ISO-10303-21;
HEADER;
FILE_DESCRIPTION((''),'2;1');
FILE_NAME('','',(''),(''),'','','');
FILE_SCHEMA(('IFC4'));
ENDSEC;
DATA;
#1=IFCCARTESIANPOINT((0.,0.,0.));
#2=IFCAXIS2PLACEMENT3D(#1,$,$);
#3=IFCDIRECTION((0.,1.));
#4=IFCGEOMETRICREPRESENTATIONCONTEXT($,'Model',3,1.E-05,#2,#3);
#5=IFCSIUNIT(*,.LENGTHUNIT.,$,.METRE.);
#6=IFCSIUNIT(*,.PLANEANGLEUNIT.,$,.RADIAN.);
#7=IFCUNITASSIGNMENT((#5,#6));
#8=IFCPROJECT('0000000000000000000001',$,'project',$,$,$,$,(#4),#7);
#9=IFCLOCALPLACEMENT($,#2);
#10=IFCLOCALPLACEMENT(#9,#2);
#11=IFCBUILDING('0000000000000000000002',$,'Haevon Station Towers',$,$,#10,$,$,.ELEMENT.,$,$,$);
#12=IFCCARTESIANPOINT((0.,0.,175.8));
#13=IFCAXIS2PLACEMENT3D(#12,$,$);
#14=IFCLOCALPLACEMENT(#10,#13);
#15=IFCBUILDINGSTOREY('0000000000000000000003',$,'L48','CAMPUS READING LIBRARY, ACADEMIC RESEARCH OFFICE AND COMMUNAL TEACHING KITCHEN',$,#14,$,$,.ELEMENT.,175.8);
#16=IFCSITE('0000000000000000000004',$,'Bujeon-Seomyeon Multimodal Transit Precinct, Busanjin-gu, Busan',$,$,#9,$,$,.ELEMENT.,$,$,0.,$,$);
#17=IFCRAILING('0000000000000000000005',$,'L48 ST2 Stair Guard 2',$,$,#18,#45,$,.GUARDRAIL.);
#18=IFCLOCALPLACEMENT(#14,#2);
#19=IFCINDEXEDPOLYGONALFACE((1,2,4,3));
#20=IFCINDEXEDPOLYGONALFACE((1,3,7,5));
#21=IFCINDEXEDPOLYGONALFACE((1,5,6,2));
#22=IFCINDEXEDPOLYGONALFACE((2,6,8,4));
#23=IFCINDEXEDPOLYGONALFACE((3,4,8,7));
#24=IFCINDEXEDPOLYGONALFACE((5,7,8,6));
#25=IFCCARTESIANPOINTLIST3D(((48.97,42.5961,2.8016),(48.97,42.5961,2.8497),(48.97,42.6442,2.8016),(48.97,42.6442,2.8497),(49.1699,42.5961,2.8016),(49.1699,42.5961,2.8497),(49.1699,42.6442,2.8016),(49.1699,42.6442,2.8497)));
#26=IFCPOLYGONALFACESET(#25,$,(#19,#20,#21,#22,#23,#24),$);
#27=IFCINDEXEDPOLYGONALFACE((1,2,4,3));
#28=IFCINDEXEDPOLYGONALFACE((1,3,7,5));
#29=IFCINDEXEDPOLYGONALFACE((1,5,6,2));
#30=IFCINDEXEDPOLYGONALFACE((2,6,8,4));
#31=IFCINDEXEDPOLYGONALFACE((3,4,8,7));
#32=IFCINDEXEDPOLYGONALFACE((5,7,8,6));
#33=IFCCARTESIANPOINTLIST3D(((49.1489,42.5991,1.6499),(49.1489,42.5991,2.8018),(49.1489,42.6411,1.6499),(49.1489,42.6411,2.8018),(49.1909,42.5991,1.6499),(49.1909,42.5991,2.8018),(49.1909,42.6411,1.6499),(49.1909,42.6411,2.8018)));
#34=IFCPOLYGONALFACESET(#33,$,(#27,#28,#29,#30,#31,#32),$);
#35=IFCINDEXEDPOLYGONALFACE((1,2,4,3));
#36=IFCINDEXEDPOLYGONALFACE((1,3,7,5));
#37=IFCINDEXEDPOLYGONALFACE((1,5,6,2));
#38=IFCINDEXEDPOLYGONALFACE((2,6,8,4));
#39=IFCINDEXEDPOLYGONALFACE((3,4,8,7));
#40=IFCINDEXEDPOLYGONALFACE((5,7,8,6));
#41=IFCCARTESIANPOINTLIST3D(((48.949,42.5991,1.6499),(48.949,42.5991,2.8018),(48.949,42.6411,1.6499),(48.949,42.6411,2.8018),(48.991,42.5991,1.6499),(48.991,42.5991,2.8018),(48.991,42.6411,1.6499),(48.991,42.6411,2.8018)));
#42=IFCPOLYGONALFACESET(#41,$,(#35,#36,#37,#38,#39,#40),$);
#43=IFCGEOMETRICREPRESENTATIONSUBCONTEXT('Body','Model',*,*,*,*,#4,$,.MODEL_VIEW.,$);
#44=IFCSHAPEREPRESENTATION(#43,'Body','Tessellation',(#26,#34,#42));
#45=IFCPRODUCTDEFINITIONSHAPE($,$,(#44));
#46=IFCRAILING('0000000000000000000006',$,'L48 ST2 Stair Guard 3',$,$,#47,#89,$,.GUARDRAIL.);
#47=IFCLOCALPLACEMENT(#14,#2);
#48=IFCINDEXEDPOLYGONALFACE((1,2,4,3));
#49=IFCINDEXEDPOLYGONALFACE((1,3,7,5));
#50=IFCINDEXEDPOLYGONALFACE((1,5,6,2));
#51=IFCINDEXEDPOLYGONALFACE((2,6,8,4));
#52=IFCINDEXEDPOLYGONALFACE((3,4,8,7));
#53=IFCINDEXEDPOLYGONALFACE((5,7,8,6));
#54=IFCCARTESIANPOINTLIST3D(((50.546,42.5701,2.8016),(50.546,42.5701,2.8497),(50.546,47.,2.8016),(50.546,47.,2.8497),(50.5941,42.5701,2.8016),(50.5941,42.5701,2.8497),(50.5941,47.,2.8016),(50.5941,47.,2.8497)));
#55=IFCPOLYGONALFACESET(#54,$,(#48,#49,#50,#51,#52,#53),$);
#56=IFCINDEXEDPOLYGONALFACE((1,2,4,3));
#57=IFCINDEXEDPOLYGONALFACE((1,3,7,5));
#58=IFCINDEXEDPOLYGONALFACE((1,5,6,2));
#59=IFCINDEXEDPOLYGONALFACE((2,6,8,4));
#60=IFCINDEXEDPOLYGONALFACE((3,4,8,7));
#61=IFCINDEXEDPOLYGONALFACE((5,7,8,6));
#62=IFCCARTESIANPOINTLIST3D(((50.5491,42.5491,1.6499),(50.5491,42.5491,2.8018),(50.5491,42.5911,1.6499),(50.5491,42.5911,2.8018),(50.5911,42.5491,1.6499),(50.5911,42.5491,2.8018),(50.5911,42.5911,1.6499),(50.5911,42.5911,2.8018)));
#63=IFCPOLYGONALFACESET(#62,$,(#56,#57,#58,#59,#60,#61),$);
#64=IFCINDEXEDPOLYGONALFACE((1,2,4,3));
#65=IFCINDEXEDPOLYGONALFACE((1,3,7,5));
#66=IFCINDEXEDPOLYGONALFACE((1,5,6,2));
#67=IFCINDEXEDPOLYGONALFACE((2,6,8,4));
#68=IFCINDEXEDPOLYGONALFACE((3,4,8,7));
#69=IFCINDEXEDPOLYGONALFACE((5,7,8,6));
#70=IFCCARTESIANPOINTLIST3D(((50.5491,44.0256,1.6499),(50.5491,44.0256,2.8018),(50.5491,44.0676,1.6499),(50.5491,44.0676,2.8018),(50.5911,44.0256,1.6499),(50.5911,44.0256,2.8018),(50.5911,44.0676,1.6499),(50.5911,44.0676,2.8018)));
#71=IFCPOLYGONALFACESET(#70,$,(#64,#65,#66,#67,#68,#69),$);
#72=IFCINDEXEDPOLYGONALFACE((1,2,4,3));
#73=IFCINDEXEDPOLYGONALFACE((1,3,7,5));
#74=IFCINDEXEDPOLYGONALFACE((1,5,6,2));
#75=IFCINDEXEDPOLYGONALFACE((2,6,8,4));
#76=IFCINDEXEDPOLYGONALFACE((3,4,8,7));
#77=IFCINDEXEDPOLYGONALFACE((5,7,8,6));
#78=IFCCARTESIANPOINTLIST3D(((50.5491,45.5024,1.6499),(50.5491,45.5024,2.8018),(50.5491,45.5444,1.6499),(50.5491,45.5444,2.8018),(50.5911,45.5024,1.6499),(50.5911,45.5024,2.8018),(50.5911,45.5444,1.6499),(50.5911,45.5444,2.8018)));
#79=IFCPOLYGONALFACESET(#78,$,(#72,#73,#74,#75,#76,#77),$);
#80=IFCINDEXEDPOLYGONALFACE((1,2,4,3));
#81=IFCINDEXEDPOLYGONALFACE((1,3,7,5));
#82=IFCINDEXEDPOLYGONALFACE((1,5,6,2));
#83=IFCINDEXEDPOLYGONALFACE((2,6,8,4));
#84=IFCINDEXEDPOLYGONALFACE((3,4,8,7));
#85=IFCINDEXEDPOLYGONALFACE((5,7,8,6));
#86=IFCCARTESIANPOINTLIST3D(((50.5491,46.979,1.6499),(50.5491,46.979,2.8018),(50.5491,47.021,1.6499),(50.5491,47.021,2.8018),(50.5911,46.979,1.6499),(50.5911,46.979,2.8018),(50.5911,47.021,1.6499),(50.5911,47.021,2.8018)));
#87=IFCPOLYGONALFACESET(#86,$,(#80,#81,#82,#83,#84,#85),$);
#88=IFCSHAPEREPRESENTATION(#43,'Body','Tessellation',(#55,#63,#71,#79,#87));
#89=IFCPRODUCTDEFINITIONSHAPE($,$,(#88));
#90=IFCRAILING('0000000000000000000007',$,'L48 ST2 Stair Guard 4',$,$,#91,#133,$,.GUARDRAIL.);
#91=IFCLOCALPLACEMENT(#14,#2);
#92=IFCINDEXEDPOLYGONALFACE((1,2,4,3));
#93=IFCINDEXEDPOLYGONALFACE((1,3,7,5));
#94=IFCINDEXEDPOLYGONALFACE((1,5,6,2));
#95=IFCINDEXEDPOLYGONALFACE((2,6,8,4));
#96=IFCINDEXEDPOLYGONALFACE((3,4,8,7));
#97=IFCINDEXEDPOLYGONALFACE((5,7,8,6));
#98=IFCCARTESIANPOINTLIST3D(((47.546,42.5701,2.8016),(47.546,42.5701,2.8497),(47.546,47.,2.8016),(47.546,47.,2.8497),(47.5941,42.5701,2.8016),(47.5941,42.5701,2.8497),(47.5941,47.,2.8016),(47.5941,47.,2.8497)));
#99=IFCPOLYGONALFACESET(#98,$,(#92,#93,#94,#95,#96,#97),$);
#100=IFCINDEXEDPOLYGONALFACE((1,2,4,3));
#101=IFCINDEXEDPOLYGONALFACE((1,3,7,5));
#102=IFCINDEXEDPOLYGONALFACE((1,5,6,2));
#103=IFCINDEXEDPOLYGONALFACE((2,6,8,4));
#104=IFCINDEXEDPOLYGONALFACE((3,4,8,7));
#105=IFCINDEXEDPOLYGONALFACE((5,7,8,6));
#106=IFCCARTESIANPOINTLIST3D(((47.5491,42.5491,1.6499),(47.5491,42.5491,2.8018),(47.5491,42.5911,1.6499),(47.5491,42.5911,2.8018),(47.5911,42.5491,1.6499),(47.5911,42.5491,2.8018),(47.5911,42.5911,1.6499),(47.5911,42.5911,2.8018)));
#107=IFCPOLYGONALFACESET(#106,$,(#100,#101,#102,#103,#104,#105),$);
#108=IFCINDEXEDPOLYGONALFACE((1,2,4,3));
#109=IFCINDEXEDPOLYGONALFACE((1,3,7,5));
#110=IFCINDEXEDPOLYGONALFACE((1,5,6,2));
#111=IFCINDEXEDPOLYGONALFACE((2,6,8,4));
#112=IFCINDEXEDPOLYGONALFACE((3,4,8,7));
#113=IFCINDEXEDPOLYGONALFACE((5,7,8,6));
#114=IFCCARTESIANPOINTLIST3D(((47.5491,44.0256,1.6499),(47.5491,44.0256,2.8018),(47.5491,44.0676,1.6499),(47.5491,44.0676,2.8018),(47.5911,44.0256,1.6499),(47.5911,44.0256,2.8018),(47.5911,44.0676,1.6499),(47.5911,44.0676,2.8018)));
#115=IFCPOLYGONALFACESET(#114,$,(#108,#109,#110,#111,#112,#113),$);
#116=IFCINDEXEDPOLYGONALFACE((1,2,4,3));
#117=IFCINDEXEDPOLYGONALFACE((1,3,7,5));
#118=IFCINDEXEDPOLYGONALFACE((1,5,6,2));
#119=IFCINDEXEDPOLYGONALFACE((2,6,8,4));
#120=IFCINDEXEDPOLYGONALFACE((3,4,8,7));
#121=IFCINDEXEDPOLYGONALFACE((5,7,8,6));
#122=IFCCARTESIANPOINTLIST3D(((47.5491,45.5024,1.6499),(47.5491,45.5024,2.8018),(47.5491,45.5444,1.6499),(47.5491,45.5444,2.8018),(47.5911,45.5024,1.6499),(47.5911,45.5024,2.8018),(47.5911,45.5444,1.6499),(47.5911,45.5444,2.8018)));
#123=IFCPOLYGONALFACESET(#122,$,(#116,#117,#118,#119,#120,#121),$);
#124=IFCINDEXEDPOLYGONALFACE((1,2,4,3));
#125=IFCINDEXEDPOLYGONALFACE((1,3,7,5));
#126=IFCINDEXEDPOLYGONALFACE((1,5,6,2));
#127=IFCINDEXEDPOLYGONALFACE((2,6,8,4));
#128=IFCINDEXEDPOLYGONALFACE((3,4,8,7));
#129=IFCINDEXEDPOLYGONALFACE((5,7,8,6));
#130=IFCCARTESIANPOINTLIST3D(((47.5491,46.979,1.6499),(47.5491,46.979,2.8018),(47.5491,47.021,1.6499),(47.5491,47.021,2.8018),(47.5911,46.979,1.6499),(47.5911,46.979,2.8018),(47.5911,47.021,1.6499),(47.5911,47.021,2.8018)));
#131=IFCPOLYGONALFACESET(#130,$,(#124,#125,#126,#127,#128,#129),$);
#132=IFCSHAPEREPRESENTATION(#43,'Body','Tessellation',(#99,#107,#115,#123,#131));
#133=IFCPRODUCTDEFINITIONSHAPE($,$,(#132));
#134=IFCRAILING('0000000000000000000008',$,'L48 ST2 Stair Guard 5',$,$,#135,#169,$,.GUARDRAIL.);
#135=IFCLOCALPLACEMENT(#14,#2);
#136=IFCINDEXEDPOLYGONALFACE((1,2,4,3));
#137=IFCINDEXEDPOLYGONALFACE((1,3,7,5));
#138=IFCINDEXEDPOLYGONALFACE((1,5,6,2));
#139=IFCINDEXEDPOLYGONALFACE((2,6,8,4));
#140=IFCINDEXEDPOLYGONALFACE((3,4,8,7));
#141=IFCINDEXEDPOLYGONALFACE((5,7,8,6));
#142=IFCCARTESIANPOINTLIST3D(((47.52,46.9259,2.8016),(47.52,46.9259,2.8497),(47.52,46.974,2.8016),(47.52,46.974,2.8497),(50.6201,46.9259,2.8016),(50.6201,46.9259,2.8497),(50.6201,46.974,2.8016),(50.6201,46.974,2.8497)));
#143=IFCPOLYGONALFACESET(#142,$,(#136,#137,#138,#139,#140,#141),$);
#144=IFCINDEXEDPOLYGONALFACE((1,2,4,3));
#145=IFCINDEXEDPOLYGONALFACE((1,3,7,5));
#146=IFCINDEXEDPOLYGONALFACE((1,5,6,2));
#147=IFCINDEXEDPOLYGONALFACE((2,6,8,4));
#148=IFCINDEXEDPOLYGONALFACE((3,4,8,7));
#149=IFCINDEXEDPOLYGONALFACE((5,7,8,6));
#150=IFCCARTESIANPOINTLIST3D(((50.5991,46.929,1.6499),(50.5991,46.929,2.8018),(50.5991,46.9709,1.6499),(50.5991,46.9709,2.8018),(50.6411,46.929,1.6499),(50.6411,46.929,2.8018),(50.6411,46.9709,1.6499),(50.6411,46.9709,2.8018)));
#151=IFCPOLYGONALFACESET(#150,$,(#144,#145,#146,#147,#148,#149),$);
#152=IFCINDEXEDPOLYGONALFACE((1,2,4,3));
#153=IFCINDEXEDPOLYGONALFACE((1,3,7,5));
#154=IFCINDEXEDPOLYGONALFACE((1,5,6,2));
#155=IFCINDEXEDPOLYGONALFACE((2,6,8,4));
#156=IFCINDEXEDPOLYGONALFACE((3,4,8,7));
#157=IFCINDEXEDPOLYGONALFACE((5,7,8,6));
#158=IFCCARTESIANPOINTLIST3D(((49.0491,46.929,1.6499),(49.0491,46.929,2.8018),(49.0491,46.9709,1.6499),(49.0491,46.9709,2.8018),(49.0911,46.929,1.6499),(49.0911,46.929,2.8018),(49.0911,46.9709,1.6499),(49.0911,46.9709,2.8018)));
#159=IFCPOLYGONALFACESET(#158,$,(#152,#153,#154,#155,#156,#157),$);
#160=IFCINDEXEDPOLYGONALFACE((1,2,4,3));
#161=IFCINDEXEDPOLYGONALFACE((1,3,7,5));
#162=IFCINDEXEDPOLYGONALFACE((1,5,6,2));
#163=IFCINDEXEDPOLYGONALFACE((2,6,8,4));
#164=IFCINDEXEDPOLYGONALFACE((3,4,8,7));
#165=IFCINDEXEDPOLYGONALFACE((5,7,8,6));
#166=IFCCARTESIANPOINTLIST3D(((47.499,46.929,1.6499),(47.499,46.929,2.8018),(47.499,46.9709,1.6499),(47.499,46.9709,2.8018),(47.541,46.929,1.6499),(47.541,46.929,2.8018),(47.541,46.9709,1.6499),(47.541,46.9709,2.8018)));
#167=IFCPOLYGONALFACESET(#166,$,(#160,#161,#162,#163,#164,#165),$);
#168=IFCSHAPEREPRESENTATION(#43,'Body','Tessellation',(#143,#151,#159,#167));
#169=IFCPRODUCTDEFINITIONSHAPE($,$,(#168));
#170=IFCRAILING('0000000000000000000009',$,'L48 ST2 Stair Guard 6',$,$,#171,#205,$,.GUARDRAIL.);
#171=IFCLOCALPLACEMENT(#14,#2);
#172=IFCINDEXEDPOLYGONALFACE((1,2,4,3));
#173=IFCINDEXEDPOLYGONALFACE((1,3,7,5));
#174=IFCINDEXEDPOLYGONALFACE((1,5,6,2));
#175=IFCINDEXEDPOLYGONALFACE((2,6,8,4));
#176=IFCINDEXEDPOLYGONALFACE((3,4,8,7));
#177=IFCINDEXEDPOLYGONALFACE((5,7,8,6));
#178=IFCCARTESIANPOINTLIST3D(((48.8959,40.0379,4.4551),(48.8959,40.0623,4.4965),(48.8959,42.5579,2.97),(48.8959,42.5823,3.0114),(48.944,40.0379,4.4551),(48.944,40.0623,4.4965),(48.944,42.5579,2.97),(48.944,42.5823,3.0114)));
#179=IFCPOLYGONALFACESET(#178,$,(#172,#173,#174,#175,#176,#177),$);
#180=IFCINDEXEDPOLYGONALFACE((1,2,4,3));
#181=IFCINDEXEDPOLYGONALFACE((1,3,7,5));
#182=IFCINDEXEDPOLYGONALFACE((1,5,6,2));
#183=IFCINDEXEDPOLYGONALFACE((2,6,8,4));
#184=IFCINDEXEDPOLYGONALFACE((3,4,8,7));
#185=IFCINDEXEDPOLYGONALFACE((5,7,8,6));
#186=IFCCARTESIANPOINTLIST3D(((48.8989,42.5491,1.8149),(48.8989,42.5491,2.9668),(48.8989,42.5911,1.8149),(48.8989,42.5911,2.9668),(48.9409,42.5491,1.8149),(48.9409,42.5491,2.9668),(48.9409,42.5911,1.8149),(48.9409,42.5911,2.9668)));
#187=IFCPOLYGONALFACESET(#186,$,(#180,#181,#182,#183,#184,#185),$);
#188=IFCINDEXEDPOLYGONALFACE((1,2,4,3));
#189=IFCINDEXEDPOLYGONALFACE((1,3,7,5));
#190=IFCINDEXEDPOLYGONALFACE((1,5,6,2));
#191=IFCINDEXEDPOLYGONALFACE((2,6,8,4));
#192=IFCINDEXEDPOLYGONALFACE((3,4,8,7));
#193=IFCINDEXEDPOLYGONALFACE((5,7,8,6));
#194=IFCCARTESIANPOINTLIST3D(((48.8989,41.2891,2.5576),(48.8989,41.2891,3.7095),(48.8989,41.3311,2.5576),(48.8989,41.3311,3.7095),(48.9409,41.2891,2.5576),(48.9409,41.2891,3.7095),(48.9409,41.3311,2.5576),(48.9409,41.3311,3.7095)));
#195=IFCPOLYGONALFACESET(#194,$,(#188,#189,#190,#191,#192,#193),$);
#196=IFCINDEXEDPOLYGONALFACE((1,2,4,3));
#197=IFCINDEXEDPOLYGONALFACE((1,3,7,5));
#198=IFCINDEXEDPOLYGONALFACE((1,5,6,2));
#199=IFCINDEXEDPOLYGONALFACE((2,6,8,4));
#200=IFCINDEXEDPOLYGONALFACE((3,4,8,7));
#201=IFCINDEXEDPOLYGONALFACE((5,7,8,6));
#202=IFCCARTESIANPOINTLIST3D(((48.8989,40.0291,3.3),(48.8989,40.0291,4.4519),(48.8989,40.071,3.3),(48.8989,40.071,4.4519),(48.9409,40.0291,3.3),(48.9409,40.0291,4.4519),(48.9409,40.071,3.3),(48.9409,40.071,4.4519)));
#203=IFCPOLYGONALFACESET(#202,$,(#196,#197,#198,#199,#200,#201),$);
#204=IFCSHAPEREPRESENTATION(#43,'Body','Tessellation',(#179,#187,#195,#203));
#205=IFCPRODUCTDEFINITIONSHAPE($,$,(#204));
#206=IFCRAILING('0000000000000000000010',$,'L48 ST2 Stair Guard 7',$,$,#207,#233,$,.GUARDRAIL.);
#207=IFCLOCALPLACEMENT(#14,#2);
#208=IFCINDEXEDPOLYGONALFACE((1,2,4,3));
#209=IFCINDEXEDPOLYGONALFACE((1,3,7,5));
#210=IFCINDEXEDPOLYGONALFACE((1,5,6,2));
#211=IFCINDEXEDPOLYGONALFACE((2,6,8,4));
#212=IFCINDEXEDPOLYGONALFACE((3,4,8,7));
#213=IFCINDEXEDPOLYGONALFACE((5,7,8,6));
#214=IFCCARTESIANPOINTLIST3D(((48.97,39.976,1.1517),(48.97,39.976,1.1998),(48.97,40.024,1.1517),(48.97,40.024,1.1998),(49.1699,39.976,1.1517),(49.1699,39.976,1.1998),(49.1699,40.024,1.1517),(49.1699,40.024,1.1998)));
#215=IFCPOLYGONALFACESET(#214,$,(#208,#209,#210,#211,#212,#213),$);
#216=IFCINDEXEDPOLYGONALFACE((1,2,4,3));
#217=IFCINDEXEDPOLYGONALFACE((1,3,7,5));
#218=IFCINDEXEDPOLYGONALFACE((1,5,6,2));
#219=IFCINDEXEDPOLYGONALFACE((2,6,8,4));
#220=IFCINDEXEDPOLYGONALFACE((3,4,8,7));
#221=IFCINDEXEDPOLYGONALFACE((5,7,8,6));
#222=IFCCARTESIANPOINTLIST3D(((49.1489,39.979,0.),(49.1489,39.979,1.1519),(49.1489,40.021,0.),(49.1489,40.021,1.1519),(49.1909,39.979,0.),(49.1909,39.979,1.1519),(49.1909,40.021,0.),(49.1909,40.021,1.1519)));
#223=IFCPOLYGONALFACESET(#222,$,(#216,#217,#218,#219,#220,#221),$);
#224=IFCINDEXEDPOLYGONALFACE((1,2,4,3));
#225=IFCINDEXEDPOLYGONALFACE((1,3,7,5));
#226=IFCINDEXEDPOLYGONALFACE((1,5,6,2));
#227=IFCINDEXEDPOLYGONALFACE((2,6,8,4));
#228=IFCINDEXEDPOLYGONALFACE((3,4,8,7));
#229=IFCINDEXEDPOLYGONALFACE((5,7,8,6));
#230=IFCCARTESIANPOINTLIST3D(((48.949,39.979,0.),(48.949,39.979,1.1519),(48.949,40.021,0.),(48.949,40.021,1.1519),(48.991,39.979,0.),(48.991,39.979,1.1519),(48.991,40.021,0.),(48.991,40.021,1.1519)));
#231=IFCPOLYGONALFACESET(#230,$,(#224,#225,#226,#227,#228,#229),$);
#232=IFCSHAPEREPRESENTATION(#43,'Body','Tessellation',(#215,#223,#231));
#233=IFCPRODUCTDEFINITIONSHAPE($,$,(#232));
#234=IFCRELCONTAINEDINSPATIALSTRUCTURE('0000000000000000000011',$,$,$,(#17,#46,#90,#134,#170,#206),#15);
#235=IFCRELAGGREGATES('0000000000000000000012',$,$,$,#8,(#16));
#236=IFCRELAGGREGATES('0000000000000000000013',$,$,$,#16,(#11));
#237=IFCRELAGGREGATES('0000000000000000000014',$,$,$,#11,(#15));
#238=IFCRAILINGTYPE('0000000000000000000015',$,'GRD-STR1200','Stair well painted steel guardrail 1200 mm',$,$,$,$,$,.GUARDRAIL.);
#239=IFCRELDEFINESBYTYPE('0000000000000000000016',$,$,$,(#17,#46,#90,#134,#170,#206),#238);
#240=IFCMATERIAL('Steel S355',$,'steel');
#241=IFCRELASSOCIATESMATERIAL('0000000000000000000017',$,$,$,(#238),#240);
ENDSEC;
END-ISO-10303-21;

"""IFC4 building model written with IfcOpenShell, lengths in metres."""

from ifc_helpers import new_model, si_unit, direction, frame, origin, origin_2d, place, context, subcontext, project, spatial, rectangle, extrude, material, type_object, element, save


model = new_model("IFC4")

# Units and contexts
model_context = context("Model", 3, precision=1e-05, world=origin(), true_north=direction((0.0, 1.0)))
body_context = subcontext(model_context, "Body", "Model", "MODEL_VIEW")
ifc_project = project(units=[si_unit("LENGTHUNIT", "METRE"), si_unit("PLANEANGLEUNIT", "RADIAN")], contexts=[model_context])

# Site, building, storey
site_placement = place(None, origin())
site = spatial("IfcSite", under=ifc_project, at=site_placement, Name="Bujeon-Seomyeon Multimodal Transit Precinct, Busanjin-gu, Busan", CompositionType="ELEMENT", RefElevation=0.0)
building_placement = place(site_placement, origin())
building = spatial("IfcBuilding", under=site, at=building_placement, Name="Haevon Station Towers", CompositionType="ELEMENT")
storey_placement = place(building_placement, frame((0.0, 0.0, 175.8)))
storey = spatial("IfcBuildingStorey", under=building, at=storey_placement, Name="L48", Description="CAMPUS READING LIBRARY, ACADEMIC RESEARCH OFFICE AND COMMUNAL TEACHING KITCHEN", CompositionType="ELEMENT", Elevation=175.8)

# Shared definitions
ifc_material_1 = material(Name="Steel S355", Category="steel")

# Railings
railing_type_1 = type_object("IfcRailingType", Name="GRD-STR1200", Description="Stair well painted steel guardrail 1200 mm", PredefinedType="GUARDRAIL", material=ifc_material_1)
railing_1_placement = place(storey_placement, frame((49.1699, 42.6201, 1.6499)))
element("IfcRailing", 1, at=railing_1_placement, inside=storey, type_object=railing_type_1, Name="L48 ST2 Stair Guard 2", PredefinedType="GUARDRAIL", context=body_context, shape_type="SweptSolid", body=[
    extrude(rectangle(XDim=0.0481, YDim=0.0481, at=origin_2d()), frame((0.0, 0.0, 1.1758), z_axis=(-1.0, 0.0, 0.0), x_axis=(0.0, -1.0, 0.0)), (0.0, 0.0, 1.0), 0.2),
    extrude(rectangle(XDim=0.042, YDim=0.042, at=origin_2d()), origin(), (0.0, 0.0, 1.0), 1.1519),
    extrude(rectangle(XDim=0.042, YDim=0.042, at=origin_2d()), frame((-0.2, 0.0, 0.0)), (0.0, 0.0, 1.0), 1.1519),
])
for number, where, name in (
    (2, (50.5701, 42.5701, 1.6499), "L48 ST2 Stair Guard 3"),
    (3, (47.5701, 42.5701, 1.6499), "L48 ST2 Stair Guard 4"),
):
    element("IfcRailing", number, at=place(storey_placement, frame(where)), inside=storey, type_object=railing_type_1, Name=name, PredefinedType="GUARDRAIL", context=body_context, shape_type="SweptSolid", body=[
        extrude(rectangle(XDim=0.0481, YDim=0.0481, at=origin_2d()), frame((0.0, 0.0, 1.1758), z_axis=(0.0, 1.0, 0.0), x_axis=(-1.0, 0.0, 0.0)), (0.0, 0.0, 1.0), 4.4299),
        extrude(rectangle(XDim=0.042, YDim=0.042, at=origin_2d()), origin(), (0.0, 0.0, 1.0), 1.1519),
        extrude(rectangle(XDim=0.042, YDim=0.042, at=origin_2d()), frame((0.0, 1.4766, 0.0)), (0.0, 0.0, 1.0), 1.1519),
        extrude(rectangle(XDim=0.042, YDim=0.042, at=origin_2d()), frame((0.0, 2.9534, 0.0)), (0.0, 0.0, 1.0), 1.1519),
        extrude(rectangle(XDim=0.042, YDim=0.042, at=origin_2d()), frame((0.0, 4.4299, 0.0)), (0.0, 0.0, 1.0), 1.1519),
    ])
railing_2_placement = place(storey_placement, frame((50.6201, 46.95, 1.6499)))
element("IfcRailing", 4, at=railing_2_placement, inside=storey, type_object=railing_type_1, Name="L48 ST2 Stair Guard 5", PredefinedType="GUARDRAIL", context=body_context, shape_type="SweptSolid", body=[
    extrude(rectangle(XDim=0.0481, YDim=0.0481, at=origin_2d()), frame((0.0, 0.0, 1.1758), z_axis=(-1.0, 0.0, 0.0), x_axis=(0.0, -1.0, 0.0)), (0.0, 0.0, 1.0), 3.1001),
    extrude(rectangle(XDim=0.042, YDim=0.042, at=origin_2d()), origin(), (0.0, 0.0, 1.0), 1.1519),
    extrude(rectangle(XDim=0.042, YDim=0.042, at=origin_2d()), frame((-1.55, 0.0, 0.0)), (0.0, 0.0, 1.0), 1.1519),
    extrude(rectangle(XDim=0.042, YDim=0.042, at=origin_2d()), frame((-3.1001, 0.0, 0.0)), (0.0, 0.0, 1.0), 1.1519),
])
railing_3_placement = place(storey_placement, frame((48.9199, 42.5701, 1.8149)))
element("IfcRailing", 5, at=railing_3_placement, inside=storey, type_object=railing_type_1, Name="L48 ST2 Stair Guard 6", PredefinedType="GUARDRAIL", context=body_context, shape_type="SweptSolid", body=[
    extrude(rectangle(XDim=0.0481, YDim=0.0481, at=origin_2d()), frame((0.0, 0.0, 1.1758), z_axis=(0.0, -0.861524, 0.507717), x_axis=(1.0, 0.0, 0.0)), (0.0, 0.0, 1.0), 2.925),
    extrude(rectangle(XDim=0.042, YDim=0.042, at=origin_2d()), origin(), (0.0, 0.0, 1.0), 1.1519),
    extrude(rectangle(XDim=0.042, YDim=0.042, at=origin_2d()), frame((0.0, -1.26, 0.7427)), (0.0, 0.0, 1.0), 1.1519),
    extrude(rectangle(XDim=0.042, YDim=0.042, at=origin_2d()), frame((0.0, -2.52, 1.4851)), (0.0, 0.0, 1.0), 1.1519),
])
railing_4_placement = place(storey_placement, frame((49.1699, 40.0, 0.0)))
element("IfcRailing", 6, at=railing_4_placement, inside=storey, type_object=railing_type_1, Name="L48 ST2 Stair Guard 7", PredefinedType="GUARDRAIL", context=body_context, shape_type="SweptSolid", body=[
    extrude(rectangle(XDim=0.0481, YDim=0.0481, at=origin_2d()), frame((0.0, 0.0, 1.1758), z_axis=(-1.0, 0.0, 0.0), x_axis=(0.0, -1.0, 0.0)), (0.0, 0.0, 1.0), 0.2),
    extrude(rectangle(XDim=0.042, YDim=0.042, at=origin_2d()), origin(), (0.0, 0.0, 1.0), 1.1519),
    extrude(rectangle(XDim=0.042, YDim=0.042, at=origin_2d()), frame((-0.2, 0.0, 0.0)), (0.0, 0.0, 1.0), 1.1519),
])

save(model, "model.ifc")
